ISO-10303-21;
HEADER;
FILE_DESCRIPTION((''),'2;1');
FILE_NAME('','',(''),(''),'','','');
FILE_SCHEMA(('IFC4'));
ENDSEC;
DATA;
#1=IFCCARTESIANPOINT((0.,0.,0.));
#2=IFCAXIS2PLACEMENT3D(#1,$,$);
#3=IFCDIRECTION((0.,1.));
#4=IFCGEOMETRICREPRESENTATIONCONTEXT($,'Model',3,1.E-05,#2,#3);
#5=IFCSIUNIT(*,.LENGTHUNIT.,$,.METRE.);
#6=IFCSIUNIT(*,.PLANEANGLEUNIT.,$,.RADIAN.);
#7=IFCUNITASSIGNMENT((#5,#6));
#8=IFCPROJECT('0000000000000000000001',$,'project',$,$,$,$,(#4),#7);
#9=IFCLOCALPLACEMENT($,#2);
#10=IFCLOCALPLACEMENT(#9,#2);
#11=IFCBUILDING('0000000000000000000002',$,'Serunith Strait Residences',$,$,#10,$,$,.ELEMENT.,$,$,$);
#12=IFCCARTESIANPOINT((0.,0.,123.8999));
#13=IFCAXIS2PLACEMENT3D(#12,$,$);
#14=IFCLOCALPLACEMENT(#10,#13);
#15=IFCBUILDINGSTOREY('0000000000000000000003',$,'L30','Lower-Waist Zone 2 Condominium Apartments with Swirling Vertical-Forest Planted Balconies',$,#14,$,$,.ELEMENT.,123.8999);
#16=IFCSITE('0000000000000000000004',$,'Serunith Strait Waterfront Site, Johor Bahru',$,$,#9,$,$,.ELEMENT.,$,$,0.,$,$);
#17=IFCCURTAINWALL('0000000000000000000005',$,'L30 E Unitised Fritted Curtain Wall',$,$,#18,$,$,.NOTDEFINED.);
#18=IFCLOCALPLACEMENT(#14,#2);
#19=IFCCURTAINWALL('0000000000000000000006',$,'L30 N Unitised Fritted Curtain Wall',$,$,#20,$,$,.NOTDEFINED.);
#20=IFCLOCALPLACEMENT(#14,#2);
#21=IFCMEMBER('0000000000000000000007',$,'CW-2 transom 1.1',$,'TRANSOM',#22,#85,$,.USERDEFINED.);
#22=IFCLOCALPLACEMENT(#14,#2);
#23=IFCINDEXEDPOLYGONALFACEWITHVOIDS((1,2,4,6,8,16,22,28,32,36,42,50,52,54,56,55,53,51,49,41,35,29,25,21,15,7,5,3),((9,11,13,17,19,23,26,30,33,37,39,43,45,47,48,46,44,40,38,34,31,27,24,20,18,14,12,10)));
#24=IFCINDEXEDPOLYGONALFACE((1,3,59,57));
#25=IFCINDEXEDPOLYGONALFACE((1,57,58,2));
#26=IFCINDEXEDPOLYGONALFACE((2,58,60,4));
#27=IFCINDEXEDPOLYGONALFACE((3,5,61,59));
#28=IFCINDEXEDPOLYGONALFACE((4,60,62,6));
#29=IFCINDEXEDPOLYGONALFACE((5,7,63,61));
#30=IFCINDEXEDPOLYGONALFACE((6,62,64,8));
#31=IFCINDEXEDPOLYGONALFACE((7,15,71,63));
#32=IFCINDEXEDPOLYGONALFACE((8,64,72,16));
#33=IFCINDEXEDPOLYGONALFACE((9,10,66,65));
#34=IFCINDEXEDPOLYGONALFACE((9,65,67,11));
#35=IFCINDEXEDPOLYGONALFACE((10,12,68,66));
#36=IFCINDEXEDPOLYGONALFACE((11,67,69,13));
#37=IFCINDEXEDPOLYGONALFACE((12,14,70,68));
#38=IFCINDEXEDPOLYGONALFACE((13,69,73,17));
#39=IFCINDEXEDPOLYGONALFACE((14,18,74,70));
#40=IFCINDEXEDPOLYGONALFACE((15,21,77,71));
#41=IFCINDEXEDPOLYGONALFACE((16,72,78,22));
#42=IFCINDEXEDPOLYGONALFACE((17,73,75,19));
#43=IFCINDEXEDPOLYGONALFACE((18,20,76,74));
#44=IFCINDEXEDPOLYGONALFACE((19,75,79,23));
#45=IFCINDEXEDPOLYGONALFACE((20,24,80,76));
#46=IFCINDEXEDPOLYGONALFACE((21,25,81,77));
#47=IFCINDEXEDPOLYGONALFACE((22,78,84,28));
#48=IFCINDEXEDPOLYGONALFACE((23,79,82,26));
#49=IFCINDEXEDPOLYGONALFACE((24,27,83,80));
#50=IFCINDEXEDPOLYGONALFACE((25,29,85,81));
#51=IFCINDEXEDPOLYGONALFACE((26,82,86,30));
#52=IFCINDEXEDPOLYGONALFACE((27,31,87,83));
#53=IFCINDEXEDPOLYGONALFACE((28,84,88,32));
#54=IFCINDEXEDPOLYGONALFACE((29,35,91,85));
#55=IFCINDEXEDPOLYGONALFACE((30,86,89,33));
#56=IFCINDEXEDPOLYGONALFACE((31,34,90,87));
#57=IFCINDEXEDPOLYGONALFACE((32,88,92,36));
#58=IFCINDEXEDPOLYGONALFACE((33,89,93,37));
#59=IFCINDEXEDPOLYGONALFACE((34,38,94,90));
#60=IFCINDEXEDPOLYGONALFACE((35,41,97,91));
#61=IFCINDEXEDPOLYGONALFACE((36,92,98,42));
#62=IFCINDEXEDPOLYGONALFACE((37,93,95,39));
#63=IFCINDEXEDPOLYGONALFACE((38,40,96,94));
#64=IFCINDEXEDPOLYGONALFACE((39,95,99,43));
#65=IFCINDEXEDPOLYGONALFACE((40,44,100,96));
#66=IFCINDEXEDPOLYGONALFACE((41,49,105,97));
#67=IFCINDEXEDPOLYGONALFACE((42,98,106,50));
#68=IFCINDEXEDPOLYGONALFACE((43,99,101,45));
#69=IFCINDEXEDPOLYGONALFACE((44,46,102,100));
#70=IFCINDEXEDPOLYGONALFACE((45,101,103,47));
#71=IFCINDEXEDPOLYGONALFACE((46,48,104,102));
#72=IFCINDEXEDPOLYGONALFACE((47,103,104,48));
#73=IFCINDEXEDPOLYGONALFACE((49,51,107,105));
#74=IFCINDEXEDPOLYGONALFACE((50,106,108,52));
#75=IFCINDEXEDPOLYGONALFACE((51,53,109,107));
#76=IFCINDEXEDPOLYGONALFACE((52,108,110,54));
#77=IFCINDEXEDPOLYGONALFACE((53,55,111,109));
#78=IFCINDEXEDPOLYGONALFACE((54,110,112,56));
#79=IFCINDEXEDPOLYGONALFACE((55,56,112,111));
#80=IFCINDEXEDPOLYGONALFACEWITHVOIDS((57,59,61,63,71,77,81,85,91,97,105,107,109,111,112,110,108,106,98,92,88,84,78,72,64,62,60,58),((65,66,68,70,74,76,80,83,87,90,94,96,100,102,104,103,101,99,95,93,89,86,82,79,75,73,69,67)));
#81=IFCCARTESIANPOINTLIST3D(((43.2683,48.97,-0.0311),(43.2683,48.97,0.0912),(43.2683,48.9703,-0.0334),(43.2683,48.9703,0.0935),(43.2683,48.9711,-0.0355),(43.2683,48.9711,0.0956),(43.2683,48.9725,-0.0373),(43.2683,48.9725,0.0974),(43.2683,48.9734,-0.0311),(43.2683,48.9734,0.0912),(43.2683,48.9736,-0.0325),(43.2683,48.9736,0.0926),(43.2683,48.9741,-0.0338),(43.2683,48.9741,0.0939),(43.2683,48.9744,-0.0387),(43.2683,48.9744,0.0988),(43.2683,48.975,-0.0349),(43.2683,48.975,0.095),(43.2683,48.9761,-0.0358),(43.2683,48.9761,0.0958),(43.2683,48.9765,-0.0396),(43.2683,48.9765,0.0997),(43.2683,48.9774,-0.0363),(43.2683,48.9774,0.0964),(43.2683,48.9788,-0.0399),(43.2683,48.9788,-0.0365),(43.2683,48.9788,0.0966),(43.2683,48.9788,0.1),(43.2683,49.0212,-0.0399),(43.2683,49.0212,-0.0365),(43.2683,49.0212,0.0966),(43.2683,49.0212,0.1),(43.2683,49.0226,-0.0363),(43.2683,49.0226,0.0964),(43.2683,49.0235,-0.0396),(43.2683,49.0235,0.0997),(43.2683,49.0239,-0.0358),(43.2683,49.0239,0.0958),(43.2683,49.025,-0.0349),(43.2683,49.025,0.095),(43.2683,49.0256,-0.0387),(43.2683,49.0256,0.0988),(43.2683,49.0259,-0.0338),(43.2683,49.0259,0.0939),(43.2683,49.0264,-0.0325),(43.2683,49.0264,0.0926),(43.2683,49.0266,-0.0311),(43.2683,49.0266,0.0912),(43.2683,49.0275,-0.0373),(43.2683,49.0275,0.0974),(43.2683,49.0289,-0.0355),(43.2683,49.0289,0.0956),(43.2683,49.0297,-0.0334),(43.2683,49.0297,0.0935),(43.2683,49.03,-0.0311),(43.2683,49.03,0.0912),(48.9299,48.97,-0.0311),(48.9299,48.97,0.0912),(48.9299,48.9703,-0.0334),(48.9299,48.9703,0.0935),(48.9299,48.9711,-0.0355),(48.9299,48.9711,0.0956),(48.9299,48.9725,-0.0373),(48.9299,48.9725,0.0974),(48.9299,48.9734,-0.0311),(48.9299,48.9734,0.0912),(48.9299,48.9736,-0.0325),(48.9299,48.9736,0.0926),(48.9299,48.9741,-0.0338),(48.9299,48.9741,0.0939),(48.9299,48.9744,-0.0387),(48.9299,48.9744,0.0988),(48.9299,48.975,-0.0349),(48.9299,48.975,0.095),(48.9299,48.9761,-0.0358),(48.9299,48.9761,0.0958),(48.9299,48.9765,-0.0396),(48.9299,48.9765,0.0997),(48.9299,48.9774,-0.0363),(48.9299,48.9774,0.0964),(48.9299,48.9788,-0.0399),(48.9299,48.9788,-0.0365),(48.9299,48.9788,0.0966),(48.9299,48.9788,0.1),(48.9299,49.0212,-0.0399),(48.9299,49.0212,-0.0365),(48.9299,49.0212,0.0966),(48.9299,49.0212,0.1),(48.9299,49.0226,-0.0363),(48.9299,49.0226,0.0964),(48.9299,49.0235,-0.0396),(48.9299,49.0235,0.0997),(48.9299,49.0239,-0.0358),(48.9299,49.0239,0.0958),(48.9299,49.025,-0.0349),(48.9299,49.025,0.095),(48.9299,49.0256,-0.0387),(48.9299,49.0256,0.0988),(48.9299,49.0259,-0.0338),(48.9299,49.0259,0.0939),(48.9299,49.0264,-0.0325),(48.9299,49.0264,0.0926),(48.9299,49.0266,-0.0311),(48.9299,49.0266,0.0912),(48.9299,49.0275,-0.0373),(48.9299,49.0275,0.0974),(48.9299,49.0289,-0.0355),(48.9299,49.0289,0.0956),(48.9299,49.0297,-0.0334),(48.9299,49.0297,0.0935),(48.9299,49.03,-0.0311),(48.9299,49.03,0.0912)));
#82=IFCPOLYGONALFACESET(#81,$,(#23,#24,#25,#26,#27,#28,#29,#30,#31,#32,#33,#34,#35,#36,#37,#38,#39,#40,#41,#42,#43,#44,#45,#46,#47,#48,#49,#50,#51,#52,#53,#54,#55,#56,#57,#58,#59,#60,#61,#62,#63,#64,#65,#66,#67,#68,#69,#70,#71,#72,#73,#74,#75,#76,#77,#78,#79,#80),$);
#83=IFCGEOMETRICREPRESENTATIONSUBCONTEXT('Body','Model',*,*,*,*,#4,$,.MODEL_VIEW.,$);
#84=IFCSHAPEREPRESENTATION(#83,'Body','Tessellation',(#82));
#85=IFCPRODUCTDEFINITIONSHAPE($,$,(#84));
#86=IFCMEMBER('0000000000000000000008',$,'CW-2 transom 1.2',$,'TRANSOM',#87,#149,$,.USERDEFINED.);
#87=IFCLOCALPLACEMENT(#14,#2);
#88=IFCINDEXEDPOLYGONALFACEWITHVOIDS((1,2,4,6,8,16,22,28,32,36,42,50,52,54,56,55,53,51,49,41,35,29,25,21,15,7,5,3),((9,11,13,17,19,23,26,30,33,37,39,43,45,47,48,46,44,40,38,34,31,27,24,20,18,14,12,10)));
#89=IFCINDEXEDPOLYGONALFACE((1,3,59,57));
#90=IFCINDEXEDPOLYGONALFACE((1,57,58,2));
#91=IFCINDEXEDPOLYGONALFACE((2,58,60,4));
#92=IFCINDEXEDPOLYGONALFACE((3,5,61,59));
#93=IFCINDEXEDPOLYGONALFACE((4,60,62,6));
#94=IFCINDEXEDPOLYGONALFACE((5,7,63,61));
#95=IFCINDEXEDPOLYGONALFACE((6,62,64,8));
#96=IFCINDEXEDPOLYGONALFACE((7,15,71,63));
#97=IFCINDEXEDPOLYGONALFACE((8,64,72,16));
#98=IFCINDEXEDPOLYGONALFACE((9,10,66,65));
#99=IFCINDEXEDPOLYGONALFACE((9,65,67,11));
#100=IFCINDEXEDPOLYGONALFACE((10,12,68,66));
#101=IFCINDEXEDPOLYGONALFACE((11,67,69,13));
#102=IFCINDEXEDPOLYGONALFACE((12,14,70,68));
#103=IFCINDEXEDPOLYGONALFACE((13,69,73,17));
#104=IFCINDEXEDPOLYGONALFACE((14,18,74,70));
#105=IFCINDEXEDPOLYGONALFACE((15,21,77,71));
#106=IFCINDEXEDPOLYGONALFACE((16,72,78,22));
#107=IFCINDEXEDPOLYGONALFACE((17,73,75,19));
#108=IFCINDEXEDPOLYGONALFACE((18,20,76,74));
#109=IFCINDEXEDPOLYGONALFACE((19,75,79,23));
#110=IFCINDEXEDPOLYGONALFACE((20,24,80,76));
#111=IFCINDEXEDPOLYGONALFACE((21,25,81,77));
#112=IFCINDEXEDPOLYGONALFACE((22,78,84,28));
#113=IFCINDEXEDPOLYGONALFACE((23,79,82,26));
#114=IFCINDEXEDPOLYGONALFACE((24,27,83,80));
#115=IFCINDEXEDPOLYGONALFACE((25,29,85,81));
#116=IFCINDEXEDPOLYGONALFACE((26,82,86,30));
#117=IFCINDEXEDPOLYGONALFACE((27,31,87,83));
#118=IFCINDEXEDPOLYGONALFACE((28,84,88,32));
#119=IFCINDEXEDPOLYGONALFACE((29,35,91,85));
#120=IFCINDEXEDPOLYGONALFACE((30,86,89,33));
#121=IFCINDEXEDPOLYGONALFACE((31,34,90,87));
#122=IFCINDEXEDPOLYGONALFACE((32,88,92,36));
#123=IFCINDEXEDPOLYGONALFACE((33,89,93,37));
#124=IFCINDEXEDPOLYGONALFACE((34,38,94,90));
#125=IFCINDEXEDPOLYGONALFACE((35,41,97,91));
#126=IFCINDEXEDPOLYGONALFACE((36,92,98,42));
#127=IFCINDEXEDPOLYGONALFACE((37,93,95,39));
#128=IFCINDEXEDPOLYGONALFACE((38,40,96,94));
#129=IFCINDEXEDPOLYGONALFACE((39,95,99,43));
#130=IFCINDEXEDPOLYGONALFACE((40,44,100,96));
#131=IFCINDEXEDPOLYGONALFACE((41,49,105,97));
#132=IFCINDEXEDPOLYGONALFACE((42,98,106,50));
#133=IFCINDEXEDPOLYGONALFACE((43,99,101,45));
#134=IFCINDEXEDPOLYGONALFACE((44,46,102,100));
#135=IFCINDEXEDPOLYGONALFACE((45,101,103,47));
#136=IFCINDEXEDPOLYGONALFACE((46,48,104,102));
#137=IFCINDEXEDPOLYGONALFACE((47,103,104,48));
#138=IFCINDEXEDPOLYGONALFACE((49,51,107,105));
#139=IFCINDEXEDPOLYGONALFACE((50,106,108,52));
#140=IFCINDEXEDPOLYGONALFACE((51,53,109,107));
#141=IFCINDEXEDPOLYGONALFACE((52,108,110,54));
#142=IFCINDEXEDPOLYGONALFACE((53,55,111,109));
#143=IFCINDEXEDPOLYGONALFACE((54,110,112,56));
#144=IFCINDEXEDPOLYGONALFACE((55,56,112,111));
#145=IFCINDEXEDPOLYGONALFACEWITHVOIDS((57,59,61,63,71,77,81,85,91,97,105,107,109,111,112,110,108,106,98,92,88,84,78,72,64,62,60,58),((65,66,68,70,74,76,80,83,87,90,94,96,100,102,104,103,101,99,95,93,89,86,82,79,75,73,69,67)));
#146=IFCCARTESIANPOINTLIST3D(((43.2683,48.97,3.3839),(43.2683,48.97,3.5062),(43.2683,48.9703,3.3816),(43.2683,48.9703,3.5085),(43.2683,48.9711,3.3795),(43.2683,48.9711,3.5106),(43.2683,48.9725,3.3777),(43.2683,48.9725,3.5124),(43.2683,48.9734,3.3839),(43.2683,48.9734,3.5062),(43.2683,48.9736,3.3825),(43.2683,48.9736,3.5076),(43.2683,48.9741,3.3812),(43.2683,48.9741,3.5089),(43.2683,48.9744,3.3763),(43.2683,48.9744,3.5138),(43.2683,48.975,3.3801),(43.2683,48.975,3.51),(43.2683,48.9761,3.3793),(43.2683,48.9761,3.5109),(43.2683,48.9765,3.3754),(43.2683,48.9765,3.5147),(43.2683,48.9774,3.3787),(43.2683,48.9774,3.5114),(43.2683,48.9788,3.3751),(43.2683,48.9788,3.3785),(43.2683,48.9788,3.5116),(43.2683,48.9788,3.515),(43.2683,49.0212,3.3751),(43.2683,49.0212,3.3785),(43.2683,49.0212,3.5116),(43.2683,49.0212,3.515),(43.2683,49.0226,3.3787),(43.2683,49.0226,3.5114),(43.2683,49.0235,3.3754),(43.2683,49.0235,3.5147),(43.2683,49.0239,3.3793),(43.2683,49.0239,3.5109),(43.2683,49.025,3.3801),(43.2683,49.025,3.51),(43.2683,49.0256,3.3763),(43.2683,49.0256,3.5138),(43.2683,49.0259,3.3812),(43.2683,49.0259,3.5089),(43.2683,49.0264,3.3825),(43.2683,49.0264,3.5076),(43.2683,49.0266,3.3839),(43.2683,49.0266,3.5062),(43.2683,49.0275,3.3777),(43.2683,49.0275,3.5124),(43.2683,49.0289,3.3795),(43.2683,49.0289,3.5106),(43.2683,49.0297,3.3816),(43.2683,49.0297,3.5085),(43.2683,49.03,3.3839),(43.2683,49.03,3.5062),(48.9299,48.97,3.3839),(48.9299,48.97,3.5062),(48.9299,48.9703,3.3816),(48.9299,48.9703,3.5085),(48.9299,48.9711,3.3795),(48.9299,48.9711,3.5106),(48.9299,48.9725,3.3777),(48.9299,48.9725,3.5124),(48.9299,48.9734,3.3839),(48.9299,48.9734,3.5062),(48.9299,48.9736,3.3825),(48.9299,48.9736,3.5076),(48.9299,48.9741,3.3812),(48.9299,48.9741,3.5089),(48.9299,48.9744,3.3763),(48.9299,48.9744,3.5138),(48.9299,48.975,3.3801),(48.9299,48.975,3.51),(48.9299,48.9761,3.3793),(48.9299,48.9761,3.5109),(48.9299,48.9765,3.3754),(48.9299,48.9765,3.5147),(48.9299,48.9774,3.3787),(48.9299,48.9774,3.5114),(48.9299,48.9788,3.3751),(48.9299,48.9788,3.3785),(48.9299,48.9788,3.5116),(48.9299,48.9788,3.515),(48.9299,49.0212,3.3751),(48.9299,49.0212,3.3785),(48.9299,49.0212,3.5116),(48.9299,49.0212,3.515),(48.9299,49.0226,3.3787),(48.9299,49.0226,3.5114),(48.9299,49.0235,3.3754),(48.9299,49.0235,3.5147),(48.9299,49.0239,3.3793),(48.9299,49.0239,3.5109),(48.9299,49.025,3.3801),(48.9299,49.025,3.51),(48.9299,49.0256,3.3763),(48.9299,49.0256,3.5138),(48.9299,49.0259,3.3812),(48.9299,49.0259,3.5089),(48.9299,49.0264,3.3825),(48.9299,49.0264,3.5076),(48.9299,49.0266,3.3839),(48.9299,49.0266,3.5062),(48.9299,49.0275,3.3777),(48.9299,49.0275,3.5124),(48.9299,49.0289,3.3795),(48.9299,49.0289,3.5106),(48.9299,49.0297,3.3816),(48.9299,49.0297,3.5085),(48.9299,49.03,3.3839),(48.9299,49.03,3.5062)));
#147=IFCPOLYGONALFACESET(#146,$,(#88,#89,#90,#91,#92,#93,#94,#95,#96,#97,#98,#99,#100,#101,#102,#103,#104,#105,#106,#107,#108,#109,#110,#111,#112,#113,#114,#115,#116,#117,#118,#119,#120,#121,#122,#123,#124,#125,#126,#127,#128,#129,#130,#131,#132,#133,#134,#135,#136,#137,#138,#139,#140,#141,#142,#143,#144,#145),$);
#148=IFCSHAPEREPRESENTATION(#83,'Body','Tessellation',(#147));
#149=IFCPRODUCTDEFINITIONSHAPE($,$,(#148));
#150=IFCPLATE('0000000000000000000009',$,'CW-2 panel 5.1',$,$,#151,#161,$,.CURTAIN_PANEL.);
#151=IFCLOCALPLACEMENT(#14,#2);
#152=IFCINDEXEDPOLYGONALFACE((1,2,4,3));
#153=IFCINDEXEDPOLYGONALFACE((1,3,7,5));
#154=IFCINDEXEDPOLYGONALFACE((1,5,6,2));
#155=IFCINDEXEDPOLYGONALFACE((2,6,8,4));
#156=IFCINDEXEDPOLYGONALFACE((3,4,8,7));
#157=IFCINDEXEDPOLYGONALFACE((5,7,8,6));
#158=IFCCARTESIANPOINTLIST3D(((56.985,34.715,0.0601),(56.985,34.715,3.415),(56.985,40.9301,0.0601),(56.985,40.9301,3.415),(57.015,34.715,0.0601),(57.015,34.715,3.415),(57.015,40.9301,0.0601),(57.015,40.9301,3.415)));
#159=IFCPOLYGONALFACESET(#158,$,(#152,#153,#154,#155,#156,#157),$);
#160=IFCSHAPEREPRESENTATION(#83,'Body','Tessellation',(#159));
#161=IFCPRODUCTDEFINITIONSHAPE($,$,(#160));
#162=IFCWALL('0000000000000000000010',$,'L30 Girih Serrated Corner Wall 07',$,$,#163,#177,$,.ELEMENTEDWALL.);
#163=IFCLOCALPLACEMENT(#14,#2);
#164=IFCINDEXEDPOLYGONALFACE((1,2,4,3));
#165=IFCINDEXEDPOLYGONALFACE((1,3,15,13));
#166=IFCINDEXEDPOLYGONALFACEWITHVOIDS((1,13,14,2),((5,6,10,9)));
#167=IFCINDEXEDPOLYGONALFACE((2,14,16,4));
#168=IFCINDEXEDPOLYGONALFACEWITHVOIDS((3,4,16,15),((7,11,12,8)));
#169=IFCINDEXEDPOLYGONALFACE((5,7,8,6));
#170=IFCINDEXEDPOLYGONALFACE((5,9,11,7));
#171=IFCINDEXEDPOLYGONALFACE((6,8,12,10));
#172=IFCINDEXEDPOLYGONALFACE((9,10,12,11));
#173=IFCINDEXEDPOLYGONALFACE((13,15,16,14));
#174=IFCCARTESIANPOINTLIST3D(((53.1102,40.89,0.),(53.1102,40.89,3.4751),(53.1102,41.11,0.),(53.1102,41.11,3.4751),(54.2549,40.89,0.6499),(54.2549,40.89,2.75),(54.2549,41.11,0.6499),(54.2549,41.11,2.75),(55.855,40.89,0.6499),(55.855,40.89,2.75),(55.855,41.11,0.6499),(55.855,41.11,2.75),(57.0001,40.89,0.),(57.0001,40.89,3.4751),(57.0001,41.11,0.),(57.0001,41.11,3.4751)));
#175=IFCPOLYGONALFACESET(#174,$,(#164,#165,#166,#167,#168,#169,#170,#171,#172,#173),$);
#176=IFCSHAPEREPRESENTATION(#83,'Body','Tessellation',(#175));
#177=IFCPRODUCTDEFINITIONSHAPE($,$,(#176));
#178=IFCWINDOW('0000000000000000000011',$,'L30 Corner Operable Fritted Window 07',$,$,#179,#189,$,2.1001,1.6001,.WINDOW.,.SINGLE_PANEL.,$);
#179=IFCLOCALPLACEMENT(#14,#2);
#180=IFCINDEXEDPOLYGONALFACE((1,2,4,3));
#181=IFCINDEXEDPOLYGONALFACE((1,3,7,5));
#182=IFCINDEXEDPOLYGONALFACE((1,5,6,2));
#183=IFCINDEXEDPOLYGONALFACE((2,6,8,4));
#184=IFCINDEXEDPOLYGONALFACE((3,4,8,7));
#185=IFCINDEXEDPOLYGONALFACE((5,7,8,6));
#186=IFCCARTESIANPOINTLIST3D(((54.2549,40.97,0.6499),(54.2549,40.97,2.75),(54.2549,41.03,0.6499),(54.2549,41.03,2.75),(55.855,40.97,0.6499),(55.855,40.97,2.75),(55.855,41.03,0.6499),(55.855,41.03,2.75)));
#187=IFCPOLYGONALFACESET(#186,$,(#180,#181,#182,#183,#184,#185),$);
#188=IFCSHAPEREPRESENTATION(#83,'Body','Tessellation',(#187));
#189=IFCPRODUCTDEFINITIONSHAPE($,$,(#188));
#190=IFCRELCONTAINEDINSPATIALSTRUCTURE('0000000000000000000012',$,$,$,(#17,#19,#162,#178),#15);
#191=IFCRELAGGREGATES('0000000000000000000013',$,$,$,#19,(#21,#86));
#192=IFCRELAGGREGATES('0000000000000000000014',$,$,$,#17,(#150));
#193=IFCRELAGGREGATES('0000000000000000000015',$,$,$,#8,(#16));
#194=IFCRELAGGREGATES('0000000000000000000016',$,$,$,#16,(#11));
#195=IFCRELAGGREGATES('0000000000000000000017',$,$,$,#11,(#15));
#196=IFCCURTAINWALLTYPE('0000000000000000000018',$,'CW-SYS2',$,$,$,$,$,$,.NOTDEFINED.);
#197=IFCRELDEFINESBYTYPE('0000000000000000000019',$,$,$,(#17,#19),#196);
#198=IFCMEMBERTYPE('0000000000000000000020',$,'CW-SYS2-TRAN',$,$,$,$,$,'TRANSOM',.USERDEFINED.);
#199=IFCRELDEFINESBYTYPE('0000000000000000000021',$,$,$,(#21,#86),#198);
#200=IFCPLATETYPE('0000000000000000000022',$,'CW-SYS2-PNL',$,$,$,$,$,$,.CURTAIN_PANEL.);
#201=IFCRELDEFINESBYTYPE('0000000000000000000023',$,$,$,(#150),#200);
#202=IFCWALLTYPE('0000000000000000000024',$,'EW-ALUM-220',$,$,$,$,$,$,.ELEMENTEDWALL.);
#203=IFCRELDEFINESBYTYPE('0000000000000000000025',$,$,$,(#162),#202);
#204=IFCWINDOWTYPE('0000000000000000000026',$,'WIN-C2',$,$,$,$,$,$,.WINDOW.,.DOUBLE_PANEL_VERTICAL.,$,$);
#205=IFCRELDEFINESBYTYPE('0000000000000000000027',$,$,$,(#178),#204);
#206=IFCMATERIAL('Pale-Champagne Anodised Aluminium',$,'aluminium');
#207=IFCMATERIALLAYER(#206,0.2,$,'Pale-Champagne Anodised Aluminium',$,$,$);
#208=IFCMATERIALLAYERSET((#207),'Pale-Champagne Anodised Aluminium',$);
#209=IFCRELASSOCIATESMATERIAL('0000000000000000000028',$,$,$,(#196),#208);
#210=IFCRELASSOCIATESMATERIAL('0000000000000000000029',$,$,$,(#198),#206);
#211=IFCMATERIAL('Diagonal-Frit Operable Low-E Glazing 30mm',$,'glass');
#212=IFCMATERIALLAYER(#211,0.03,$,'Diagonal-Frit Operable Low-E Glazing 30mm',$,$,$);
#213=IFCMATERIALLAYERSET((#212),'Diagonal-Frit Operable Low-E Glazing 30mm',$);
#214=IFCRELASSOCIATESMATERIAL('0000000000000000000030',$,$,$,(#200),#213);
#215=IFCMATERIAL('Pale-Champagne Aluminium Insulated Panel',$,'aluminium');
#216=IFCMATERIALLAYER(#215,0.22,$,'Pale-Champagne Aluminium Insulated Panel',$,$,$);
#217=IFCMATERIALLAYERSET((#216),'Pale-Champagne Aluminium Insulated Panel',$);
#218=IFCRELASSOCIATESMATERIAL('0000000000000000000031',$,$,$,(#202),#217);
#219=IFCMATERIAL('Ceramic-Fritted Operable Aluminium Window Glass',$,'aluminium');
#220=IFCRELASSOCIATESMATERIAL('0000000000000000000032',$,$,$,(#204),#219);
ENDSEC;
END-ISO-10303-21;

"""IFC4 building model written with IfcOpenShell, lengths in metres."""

from ifc_helpers import new_model, si_unit, direction, frame, frame_2d, origin, origin_2d, place, context, subcontext, project, spatial, rectangle, hollow_rectangle, extrude, source, transform, mapped, material, layer, layer_set, material_profile, profile_set, type_object, element, fill, aggregate, save


model = new_model("IFC4")

# Units and contexts
model_context = context("Model", 3, precision=1e-05, world=origin(), true_north=direction((0.0, 1.0)))
body_context = subcontext(model_context, "Body", "Model", "MODEL_VIEW")
ifc_project = project(units=[si_unit("LENGTHUNIT", "METRE"), si_unit("PLANEANGLEUNIT", "RADIAN")], contexts=[model_context])

# Site, building, storey
site_placement = place(None, origin())
site = spatial("IfcSite", under=ifc_project, at=site_placement, Name="Serunith Strait Waterfront Site, Johor Bahru", CompositionType="ELEMENT", RefElevation=0.0)
building_placement = place(site_placement, origin())
building = spatial("IfcBuilding", under=site, at=building_placement, Name="Serunith Strait Residences", CompositionType="ELEMENT")
storey_placement = place(building_placement, frame((0.0, 0.0, 123.8999)))
storey = spatial("IfcBuildingStorey", under=building, at=storey_placement, Name="L30", Description="Lower-Waist Zone 2 Condominium Apartments with Swirling Vertical-Forest Planted Balconies", CompositionType="ELEMENT", Elevation=123.8999)

# Curtain wall
ifc_material_1 = material(Name="Pale-Champagne Anodised Aluminium", Category="aluminium")
ifc_layer_1 = layer(ifc_material_1, 0.2, Name="Pale-Champagne Anodised Aluminium")
ifc_layer_set_1 = layer_set([ifc_layer_1], Name="Pale-Champagne Anodised Aluminium")
curtain_wall_type = type_object("IfcCurtainWallType", Name="CW-SYS2", PredefinedType="NOTDEFINED", material=ifc_layer_set_1)
curtain_wall_1_placement = place(storey_placement, origin())
curtain_wall_1 = element("IfcCurtainWall", 1, at=curtain_wall_1_placement, inside=storey, type_object=curtain_wall_type, Name="L30 E Unitised Fritted Curtain Wall", PredefinedType="NOTDEFINED")

# Curtain wall, members
curtain_wall_2_placement = place(storey_placement, origin())
curtain_wall_2 = element("IfcCurtainWall", 2, at=curtain_wall_2_placement, inside=storey, type_object=curtain_wall_type, Name="L30 N Unitised Fritted Curtain Wall", PredefinedType="NOTDEFINED")
ifc_material_profile_1 = material_profile(ifc_material_1, hollow_rectangle(XDim=0.0601, YDim=0.1399, WallThickness=0.0034, InnerFilletRadius=0.0054, OuterFilletRadius=0.0088, at=origin_2d()), Name="ALU 140x60x3.5")
ifc_profile_set_1 = profile_set([ifc_material_profile_1], Name="Pale-Champagne Anodised Aluminium")
member_type_1 = type_object("IfcMemberType", Name="CW-SYS2-TRAN", ElementType="TRANSOM", PredefinedType="USERDEFINED", material=ifc_profile_set_1)
shared_shape_1 = source(origin(), body_context, "Body", "SweptSolid", [
    extrude(hollow_rectangle(XDim=0.0601, YDim=0.1399, WallThickness=0.0034, InnerFilletRadius=0.0054, OuterFilletRadius=0.0088, at=origin_2d()), origin(), (0.0, 0.0, 1.0), 5.6616),
])
member_1_placement = place(storey_placement, frame((48.9299, 49.0, 0.03), z_axis=(-1.0, 0.0, 0.0), x_axis=(0.0, -1.0, 0.0)))
member_1 = element("IfcMember", 3, at=member_1_placement, type_object=member_type_1, Name="CW-2 transom 1.1", ObjectType="TRANSOM", PredefinedType="USERDEFINED", context=body_context, shape_type="MappedRepresentation", body=[
    mapped(shared_shape_1, transform((0.0, 0.0, 0.0), scale=1.0)),
])
member_2_placement = place(storey_placement, frame((48.9299, 49.0, 3.4451), z_axis=(-1.0, 0.0, 0.0), x_axis=(0.0, -1.0, 0.0)))
member_2 = element("IfcMember", 4, at=member_2_placement, type_object=member_type_1, Name="CW-2 transom 1.2", ObjectType="TRANSOM", PredefinedType="USERDEFINED", context=body_context, shape_type="MappedRepresentation", body=[
    mapped(shared_shape_1, transform((0.0, 0.0, 0.0), scale=1.0)),
])
aggregate(curtain_wall_2, [member_1, member_2])

# Plate
ifc_material_2 = material(Name="Diagonal-Frit Operable Low-E Glazing 30mm", Category="glass")
ifc_layer_2 = layer(ifc_material_2, 0.03, Name="Diagonal-Frit Operable Low-E Glazing 30mm")
ifc_layer_set_2 = layer_set([ifc_layer_2], Name="Diagonal-Frit Operable Low-E Glazing 30mm")
plate_type = type_object("IfcPlateType", Name="CW-SYS2-PNL", PredefinedType="CURTAIN_PANEL", material=ifc_layer_set_2)
shared_shape_2 = source(origin(), body_context, "Body", "SweptSolid", [
    extrude(rectangle(XDim=6.2151, YDim=0.03, at=origin_2d()), origin(), (0.0, 0.0, 1.0), 3.355),
])
plate_placement = place(storey_placement, frame((57.0, 37.8225, 0.0601), z_axis=(0.0, 0.0, 1.0), x_axis=(0.0, 1.0, 0.0)))
plate = element("IfcPlate", 5, at=plate_placement, type_object=plate_type, Name="CW-2 panel 5.1", PredefinedType="CURTAIN_PANEL", context=body_context, shape_type="MappedRepresentation", body=[
    mapped(shared_shape_2, transform((0.0, 0.0, 0.0), scale=1.0)),
])
aggregate(curtain_wall_1, [plate])

# Wall, opening, window
ifc_material_3 = material(Name="Pale-Champagne Aluminium Insulated Panel", Category="aluminium")
ifc_layer_3 = layer(ifc_material_3, 0.22, Name="Pale-Champagne Aluminium Insulated Panel")
ifc_layer_set_3 = layer_set([ifc_layer_3], Name="Pale-Champagne Aluminium Insulated Panel")
wall_type_1 = type_object("IfcWallType", Name="EW-ALUM-220", PredefinedType="ELEMENTEDWALL", material=ifc_layer_set_3)
wall_1_placement = place(storey_placement, frame((57.0, 41.0, 0.0), z_axis=(0.0, 0.0, 1.0), x_axis=(-1.0, 0.0, 0.0)))
wall_1 = element("IfcWall", 6, at=wall_1_placement, inside=storey, type_object=wall_type_1, Name="L30 Girih Serrated Corner Wall 07", PredefinedType="ELEMENTEDWALL", context=body_context, shape_type="SweptSolid", body=[
    extrude(rectangle(XDim=3.8899, YDim=0.22, at=frame_2d((1.9448, 0.0))), origin(), (0.0, 0.0, 1.0), 3.4751),
])
opening_1_placement = place(wall_1_placement, frame((1.145, 0.0, 0.6499)))
opening_1 = element("IfcOpeningElement", 7, at=opening_1_placement, cuts=wall_1, PredefinedType="OPENING", context=body_context, shape_type="SweptSolid", body=[
    extrude(rectangle(XDim=1.6001, YDim=2.1001, at=frame_2d((0.8, 1.05))), frame((0.0, 0.1201, 0.0), z_axis=(0.0, -1.0, 0.0), x_axis=(1.0, 0.0, 0.0)), (0.0, 0.0, 1.0), 0.24),
])
ifc_material_4 = material(Name="Ceramic-Fritted Operable Aluminium Window Glass", Category="aluminium")
window_type = type_object("IfcWindowType", Name="WIN-C2", PartitioningType="DOUBLE_PANEL_VERTICAL", PredefinedType="WINDOW", material=ifc_material_4)
shared_shape_3 = source(origin(), body_context, "Body", "SweptSolid", [
    extrude(rectangle(XDim=1.6001, YDim=2.1001, at=frame_2d((0.8, 1.05))), frame((0.0, 0.03, 0.0), z_axis=(0.0, -1.0, 0.0), x_axis=(1.0, 0.0, 0.0)), (0.0, 0.0, 1.0), 0.0601),
])
window_1_placement = place(opening_1_placement, origin())
window_1 = element("IfcWindow", 8, at=window_1_placement, inside=storey, type_object=window_type, Name="L30 Corner Operable Fritted Window 07", OverallHeight=2.1001, OverallWidth=1.6001, PartitioningType="SINGLE_PANEL", PredefinedType="WINDOW", context=body_context, shape_type="MappedRepresentation", body=[
    mapped(shared_shape_3, transform((0.0, 0.0, 0.0), scale=1.0)),
])
fill(opening_1, window_1)

save(model, "model.ifc")
